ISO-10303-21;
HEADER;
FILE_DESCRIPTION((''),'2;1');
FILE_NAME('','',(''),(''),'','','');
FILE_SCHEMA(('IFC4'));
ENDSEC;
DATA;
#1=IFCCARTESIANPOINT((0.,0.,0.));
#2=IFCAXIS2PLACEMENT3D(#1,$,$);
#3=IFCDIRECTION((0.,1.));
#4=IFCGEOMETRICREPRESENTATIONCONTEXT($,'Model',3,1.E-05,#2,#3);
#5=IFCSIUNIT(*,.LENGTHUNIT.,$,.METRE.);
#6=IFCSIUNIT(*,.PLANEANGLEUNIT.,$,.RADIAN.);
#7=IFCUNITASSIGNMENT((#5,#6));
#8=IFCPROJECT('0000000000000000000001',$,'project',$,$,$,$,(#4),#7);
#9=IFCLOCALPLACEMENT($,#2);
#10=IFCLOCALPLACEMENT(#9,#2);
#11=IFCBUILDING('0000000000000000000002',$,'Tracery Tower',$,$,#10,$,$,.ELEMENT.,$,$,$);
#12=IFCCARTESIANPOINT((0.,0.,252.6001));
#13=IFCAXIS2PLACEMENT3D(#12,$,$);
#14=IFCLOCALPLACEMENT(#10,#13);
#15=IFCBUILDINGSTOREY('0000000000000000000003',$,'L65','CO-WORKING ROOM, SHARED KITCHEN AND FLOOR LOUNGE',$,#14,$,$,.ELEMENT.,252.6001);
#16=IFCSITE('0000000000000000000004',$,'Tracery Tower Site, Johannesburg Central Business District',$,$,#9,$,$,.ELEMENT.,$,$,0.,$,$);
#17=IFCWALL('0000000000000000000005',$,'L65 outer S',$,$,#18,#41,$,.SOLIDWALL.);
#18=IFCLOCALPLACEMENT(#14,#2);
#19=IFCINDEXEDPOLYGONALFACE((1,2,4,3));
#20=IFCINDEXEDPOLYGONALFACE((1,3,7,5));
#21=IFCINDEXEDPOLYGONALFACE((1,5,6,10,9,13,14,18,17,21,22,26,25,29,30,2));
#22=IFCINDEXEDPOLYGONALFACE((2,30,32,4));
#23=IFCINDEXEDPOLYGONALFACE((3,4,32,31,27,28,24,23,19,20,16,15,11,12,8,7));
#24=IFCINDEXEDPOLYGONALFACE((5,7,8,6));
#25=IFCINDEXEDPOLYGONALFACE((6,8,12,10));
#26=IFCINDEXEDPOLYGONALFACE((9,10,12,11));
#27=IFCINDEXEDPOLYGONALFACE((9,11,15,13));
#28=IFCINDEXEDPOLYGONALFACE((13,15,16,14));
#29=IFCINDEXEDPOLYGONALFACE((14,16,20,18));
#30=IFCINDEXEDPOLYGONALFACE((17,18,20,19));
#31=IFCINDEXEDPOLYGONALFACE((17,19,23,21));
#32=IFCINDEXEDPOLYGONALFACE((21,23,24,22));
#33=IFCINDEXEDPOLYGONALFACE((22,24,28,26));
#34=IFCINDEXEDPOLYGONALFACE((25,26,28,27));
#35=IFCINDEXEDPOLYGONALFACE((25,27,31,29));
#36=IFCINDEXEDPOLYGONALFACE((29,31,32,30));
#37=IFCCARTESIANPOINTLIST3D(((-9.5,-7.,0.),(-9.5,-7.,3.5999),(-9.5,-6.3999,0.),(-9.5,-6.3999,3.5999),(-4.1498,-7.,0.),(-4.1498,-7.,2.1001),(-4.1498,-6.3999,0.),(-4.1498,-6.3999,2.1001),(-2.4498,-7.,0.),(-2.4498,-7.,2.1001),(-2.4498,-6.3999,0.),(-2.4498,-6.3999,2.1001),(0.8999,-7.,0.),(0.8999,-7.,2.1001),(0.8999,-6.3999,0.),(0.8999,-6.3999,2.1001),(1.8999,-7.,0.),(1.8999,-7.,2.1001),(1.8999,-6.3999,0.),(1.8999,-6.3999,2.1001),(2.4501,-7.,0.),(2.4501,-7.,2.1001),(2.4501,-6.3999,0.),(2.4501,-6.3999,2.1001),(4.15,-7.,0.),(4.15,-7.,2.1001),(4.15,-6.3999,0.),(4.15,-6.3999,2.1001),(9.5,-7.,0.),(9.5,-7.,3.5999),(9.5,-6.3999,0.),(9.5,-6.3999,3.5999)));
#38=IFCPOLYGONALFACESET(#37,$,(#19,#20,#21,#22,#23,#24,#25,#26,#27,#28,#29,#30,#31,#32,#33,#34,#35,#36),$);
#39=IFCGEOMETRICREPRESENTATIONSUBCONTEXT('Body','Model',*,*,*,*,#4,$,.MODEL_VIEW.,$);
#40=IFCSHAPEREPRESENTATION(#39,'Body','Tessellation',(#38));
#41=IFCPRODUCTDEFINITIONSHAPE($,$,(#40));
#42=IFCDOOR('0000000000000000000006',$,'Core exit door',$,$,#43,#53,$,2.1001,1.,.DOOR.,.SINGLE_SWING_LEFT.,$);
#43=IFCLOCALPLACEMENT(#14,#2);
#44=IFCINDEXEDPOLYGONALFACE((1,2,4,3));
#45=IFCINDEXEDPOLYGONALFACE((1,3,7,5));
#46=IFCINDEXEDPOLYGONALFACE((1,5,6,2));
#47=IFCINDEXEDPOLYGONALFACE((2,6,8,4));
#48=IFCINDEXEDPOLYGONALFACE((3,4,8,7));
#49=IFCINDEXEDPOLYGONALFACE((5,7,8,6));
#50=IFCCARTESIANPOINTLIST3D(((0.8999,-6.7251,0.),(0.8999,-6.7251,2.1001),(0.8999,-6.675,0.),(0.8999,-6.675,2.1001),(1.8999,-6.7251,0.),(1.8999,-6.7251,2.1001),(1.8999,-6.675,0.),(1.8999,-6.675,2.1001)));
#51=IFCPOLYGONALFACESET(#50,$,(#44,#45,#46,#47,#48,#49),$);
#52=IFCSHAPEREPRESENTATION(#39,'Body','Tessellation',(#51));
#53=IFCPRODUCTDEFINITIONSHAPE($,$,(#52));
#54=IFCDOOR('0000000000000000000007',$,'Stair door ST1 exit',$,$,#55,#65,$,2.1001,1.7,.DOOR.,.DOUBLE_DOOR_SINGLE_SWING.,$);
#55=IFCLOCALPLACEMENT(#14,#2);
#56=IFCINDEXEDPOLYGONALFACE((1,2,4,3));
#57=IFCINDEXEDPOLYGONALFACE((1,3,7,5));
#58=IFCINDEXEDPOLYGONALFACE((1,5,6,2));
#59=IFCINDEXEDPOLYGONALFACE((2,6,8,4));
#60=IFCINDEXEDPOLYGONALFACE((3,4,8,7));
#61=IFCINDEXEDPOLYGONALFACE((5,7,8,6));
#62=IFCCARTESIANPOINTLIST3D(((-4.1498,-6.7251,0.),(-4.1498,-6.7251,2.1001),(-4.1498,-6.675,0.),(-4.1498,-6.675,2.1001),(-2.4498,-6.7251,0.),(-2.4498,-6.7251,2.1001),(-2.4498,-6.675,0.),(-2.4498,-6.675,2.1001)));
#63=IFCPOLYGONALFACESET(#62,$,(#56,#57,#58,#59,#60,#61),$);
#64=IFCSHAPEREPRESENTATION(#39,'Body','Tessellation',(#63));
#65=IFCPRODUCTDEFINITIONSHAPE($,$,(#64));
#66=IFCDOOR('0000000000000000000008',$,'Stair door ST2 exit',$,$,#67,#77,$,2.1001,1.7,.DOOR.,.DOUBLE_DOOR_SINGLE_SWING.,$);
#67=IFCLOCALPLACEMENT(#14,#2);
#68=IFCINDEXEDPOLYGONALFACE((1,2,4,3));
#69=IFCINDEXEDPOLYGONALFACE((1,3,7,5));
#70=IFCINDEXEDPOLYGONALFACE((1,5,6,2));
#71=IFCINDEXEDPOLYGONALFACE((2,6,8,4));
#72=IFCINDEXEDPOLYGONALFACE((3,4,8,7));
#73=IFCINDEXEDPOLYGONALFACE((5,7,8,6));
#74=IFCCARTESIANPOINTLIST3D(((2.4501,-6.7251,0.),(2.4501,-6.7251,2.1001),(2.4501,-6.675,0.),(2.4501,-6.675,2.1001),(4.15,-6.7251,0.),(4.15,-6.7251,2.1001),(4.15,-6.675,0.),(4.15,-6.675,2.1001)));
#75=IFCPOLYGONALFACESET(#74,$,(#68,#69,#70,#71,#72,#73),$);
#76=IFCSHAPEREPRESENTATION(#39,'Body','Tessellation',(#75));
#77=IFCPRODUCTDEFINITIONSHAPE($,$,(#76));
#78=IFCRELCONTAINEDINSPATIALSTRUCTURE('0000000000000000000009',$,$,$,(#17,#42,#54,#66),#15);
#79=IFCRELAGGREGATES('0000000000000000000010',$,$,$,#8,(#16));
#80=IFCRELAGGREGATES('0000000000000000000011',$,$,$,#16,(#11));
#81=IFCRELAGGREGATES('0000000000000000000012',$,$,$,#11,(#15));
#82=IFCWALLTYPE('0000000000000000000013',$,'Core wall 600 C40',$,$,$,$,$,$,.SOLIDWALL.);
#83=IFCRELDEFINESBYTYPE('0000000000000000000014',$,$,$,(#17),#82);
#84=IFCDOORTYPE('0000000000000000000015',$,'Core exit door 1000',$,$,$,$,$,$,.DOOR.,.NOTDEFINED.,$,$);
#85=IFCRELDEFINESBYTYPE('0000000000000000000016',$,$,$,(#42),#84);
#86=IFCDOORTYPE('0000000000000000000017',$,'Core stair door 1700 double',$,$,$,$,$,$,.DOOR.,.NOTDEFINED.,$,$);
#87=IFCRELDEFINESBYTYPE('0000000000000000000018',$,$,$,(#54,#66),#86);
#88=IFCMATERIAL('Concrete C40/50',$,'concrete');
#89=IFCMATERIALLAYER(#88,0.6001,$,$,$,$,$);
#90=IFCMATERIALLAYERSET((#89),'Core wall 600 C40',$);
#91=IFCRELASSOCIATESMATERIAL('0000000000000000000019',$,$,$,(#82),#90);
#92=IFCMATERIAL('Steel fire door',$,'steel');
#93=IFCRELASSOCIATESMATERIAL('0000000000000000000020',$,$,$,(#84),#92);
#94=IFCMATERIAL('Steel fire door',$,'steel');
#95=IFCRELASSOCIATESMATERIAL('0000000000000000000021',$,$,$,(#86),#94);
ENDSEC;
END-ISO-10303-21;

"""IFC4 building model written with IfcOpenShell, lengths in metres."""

from ifc_helpers import new_model, si_unit, direction, frame, frame_2d, origin, place, context, subcontext, project, spatial, rectangle, extrude, material, layer, layer_set, type_object, element, fill, save


model = new_model("IFC4")

# Units and contexts
model_context = context("Model", 3, precision=1e-05, world=origin(), true_north=direction((0.0, 1.0)))
body_context = subcontext(model_context, "Body", "Model", "MODEL_VIEW")
ifc_project = project(units=[si_unit("LENGTHUNIT", "METRE"), si_unit("PLANEANGLEUNIT", "RADIAN")], contexts=[model_context])

# Site, building, storey
site_placement = place(None, origin())
site = spatial("IfcSite", under=ifc_project, at=site_placement, Name="Tracery Tower Site, Johannesburg Central Business District", CompositionType="ELEMENT", RefElevation=0.0)
building_placement = place(site_placement, origin())
building = spatial("IfcBuilding", under=site, at=building_placement, Name="Tracery Tower", CompositionType="ELEMENT")
storey_placement = place(building_placement, frame((0.0, 0.0, 252.6001)))
storey = spatial("IfcBuildingStorey", under=building, at=storey_placement, Name="L65", Description="CO-WORKING ROOM, SHARED KITCHEN AND FLOOR LOUNGE", CompositionType="ELEMENT", Elevation=252.6001)

# Wall, openings, doors
ifc_material_1 = material(Name="Concrete C40/50", Category="concrete")
ifc_layer_1 = layer(ifc_material_1, 0.6001)
ifc_layer_set_1 = layer_set([ifc_layer_1], Name="Core wall 600 C40")
wall_type_1 = type_object("IfcWallType", Name="Core wall 600 C40", PredefinedType="SOLIDWALL", material=ifc_layer_set_1)
wall_1_placement = place(storey_placement, frame((-9.5, -6.7, 0.0), z_axis=(0.0, 0.0, 1.0), x_axis=(1.0, 0.0, 0.0)))
wall_1 = element("IfcWall", 1, at=wall_1_placement, inside=storey, type_object=wall_type_1, Name="L65 outer S", PredefinedType="SOLIDWALL", context=body_context, shape_type="SweptSolid", body=[
    extrude(rectangle(XDim=19.0, YDim=0.6001, at=frame_2d((9.5, 0.0))), origin(), (0.0, 0.0, 1.0), 3.5999),
])
opening_1_placement = place(wall_1_placement, frame((10.3999, 0.0, 0.0)))
opening_1 = element("IfcOpeningElement", 2, at=opening_1_placement, cuts=wall_1, PredefinedType="OPENING", context=body_context, shape_type="SweptSolid", body=[
    extrude(rectangle(XDim=1.0, YDim=2.1001, at=frame_2d((0.5, 1.05))), frame((0.0, 0.3, 0.0), z_axis=(0.0, -1.0, 0.0), x_axis=(1.0, 0.0, 0.0)), (0.0, 0.0, 1.0), 0.6001),
])
opening_2_placement = place(wall_1_placement, frame((5.3501, 0.0, 0.0)))
opening_2 = element("IfcOpeningElement", 3, at=opening_2_placement, cuts=wall_1, PredefinedType="OPENING", context=body_context, shape_type="SweptSolid", body=[
    extrude(rectangle(XDim=1.7, YDim=2.1001, at=frame_2d((0.8501, 1.05))), frame((0.0, 0.3, 0.0), z_axis=(0.0, -1.0, 0.0), x_axis=(1.0, 0.0, 0.0)), (0.0, 0.0, 1.0), 0.6001),
])
opening_3_placement = place(wall_1_placement, frame((11.95, 0.0, 0.0)))
opening_3 = element("IfcOpeningElement", 4, at=opening_3_placement, cuts=wall_1, PredefinedType="OPENING", context=body_context, shape_type="SweptSolid", body=[
    extrude(rectangle(XDim=1.7, YDim=2.1001, at=frame_2d((0.8501, 1.05))), frame((0.0, 0.3, 0.0), z_axis=(0.0, -1.0, 0.0), x_axis=(1.0, 0.0, 0.0)), (0.0, 0.0, 1.0), 0.6001),
])
ifc_material_2 = material(Name="Steel fire door", Category="steel")
door_type_1 = type_object("IfcDoorType", Name="Core exit door 1000", OperationType="NOTDEFINED", PredefinedType="DOOR", material=ifc_material_2)
door_1_placement = place(opening_1_placement, origin())
door_1 = element("IfcDoor", 5, at=door_1_placement, inside=storey, type_object=door_type_1, Name="Core exit door", OperationType="SINGLE_SWING_LEFT", OverallHeight=2.1001, OverallWidth=1.0, PredefinedType="DOOR", context=body_context, shape_type="SweptSolid", body=[
    extrude(rectangle(XDim=1.0, YDim=2.1001, at=frame_2d((0.5, 1.05))), frame((0.0, 0.0249, 0.0), z_axis=(0.0, -1.0, 0.0), x_axis=(1.0, 0.0, 0.0)), (0.0, 0.0, 1.0), 0.05),
])
fill(opening_1, door_1)
ifc_material_3 = material(Name="Steel fire door", Category="steel")
door_type_2 = type_object("IfcDoorType", Name="Core stair door 1700 double", OperationType="NOTDEFINED", PredefinedType="DOOR", material=ifc_material_3)
door_2_placement = place(opening_2_placement, origin())
door_2 = element("IfcDoor", 6, at=door_2_placement, inside=storey, type_object=door_type_2, Name="Stair door ST1 exit", OperationType="DOUBLE_DOOR_SINGLE_SWING", OverallHeight=2.1001, OverallWidth=1.7, PredefinedType="DOOR", context=body_context, shape_type="SweptSolid", body=[
    extrude(rectangle(XDim=1.7, YDim=2.1001, at=frame_2d((0.8501, 1.05))), frame((0.0, 0.0249, 0.0), z_axis=(0.0, -1.0, 0.0), x_axis=(1.0, 0.0, 0.0)), (0.0, 0.0, 1.0), 0.05),
])
fill(opening_2, door_2)
door_3_placement = place(opening_3_placement, origin())
door_3 = element("IfcDoor", 7, at=door_3_placement, inside=storey, type_object=door_type_2, Name="Stair door ST2 exit", OperationType="DOUBLE_DOOR_SINGLE_SWING", OverallHeight=2.1001, OverallWidth=1.7, PredefinedType="DOOR", context=body_context, shape_type="SweptSolid", body=[
    extrude(rectangle(XDim=1.7, YDim=2.1001, at=frame_2d((0.8501, 1.05))), frame((0.0, 0.0249, 0.0), z_axis=(0.0, -1.0, 0.0), x_axis=(1.0, 0.0, 0.0)), (0.0, 0.0, 1.0), 0.05),
])
fill(opening_3, door_3)

save(model, "model.ifc")
